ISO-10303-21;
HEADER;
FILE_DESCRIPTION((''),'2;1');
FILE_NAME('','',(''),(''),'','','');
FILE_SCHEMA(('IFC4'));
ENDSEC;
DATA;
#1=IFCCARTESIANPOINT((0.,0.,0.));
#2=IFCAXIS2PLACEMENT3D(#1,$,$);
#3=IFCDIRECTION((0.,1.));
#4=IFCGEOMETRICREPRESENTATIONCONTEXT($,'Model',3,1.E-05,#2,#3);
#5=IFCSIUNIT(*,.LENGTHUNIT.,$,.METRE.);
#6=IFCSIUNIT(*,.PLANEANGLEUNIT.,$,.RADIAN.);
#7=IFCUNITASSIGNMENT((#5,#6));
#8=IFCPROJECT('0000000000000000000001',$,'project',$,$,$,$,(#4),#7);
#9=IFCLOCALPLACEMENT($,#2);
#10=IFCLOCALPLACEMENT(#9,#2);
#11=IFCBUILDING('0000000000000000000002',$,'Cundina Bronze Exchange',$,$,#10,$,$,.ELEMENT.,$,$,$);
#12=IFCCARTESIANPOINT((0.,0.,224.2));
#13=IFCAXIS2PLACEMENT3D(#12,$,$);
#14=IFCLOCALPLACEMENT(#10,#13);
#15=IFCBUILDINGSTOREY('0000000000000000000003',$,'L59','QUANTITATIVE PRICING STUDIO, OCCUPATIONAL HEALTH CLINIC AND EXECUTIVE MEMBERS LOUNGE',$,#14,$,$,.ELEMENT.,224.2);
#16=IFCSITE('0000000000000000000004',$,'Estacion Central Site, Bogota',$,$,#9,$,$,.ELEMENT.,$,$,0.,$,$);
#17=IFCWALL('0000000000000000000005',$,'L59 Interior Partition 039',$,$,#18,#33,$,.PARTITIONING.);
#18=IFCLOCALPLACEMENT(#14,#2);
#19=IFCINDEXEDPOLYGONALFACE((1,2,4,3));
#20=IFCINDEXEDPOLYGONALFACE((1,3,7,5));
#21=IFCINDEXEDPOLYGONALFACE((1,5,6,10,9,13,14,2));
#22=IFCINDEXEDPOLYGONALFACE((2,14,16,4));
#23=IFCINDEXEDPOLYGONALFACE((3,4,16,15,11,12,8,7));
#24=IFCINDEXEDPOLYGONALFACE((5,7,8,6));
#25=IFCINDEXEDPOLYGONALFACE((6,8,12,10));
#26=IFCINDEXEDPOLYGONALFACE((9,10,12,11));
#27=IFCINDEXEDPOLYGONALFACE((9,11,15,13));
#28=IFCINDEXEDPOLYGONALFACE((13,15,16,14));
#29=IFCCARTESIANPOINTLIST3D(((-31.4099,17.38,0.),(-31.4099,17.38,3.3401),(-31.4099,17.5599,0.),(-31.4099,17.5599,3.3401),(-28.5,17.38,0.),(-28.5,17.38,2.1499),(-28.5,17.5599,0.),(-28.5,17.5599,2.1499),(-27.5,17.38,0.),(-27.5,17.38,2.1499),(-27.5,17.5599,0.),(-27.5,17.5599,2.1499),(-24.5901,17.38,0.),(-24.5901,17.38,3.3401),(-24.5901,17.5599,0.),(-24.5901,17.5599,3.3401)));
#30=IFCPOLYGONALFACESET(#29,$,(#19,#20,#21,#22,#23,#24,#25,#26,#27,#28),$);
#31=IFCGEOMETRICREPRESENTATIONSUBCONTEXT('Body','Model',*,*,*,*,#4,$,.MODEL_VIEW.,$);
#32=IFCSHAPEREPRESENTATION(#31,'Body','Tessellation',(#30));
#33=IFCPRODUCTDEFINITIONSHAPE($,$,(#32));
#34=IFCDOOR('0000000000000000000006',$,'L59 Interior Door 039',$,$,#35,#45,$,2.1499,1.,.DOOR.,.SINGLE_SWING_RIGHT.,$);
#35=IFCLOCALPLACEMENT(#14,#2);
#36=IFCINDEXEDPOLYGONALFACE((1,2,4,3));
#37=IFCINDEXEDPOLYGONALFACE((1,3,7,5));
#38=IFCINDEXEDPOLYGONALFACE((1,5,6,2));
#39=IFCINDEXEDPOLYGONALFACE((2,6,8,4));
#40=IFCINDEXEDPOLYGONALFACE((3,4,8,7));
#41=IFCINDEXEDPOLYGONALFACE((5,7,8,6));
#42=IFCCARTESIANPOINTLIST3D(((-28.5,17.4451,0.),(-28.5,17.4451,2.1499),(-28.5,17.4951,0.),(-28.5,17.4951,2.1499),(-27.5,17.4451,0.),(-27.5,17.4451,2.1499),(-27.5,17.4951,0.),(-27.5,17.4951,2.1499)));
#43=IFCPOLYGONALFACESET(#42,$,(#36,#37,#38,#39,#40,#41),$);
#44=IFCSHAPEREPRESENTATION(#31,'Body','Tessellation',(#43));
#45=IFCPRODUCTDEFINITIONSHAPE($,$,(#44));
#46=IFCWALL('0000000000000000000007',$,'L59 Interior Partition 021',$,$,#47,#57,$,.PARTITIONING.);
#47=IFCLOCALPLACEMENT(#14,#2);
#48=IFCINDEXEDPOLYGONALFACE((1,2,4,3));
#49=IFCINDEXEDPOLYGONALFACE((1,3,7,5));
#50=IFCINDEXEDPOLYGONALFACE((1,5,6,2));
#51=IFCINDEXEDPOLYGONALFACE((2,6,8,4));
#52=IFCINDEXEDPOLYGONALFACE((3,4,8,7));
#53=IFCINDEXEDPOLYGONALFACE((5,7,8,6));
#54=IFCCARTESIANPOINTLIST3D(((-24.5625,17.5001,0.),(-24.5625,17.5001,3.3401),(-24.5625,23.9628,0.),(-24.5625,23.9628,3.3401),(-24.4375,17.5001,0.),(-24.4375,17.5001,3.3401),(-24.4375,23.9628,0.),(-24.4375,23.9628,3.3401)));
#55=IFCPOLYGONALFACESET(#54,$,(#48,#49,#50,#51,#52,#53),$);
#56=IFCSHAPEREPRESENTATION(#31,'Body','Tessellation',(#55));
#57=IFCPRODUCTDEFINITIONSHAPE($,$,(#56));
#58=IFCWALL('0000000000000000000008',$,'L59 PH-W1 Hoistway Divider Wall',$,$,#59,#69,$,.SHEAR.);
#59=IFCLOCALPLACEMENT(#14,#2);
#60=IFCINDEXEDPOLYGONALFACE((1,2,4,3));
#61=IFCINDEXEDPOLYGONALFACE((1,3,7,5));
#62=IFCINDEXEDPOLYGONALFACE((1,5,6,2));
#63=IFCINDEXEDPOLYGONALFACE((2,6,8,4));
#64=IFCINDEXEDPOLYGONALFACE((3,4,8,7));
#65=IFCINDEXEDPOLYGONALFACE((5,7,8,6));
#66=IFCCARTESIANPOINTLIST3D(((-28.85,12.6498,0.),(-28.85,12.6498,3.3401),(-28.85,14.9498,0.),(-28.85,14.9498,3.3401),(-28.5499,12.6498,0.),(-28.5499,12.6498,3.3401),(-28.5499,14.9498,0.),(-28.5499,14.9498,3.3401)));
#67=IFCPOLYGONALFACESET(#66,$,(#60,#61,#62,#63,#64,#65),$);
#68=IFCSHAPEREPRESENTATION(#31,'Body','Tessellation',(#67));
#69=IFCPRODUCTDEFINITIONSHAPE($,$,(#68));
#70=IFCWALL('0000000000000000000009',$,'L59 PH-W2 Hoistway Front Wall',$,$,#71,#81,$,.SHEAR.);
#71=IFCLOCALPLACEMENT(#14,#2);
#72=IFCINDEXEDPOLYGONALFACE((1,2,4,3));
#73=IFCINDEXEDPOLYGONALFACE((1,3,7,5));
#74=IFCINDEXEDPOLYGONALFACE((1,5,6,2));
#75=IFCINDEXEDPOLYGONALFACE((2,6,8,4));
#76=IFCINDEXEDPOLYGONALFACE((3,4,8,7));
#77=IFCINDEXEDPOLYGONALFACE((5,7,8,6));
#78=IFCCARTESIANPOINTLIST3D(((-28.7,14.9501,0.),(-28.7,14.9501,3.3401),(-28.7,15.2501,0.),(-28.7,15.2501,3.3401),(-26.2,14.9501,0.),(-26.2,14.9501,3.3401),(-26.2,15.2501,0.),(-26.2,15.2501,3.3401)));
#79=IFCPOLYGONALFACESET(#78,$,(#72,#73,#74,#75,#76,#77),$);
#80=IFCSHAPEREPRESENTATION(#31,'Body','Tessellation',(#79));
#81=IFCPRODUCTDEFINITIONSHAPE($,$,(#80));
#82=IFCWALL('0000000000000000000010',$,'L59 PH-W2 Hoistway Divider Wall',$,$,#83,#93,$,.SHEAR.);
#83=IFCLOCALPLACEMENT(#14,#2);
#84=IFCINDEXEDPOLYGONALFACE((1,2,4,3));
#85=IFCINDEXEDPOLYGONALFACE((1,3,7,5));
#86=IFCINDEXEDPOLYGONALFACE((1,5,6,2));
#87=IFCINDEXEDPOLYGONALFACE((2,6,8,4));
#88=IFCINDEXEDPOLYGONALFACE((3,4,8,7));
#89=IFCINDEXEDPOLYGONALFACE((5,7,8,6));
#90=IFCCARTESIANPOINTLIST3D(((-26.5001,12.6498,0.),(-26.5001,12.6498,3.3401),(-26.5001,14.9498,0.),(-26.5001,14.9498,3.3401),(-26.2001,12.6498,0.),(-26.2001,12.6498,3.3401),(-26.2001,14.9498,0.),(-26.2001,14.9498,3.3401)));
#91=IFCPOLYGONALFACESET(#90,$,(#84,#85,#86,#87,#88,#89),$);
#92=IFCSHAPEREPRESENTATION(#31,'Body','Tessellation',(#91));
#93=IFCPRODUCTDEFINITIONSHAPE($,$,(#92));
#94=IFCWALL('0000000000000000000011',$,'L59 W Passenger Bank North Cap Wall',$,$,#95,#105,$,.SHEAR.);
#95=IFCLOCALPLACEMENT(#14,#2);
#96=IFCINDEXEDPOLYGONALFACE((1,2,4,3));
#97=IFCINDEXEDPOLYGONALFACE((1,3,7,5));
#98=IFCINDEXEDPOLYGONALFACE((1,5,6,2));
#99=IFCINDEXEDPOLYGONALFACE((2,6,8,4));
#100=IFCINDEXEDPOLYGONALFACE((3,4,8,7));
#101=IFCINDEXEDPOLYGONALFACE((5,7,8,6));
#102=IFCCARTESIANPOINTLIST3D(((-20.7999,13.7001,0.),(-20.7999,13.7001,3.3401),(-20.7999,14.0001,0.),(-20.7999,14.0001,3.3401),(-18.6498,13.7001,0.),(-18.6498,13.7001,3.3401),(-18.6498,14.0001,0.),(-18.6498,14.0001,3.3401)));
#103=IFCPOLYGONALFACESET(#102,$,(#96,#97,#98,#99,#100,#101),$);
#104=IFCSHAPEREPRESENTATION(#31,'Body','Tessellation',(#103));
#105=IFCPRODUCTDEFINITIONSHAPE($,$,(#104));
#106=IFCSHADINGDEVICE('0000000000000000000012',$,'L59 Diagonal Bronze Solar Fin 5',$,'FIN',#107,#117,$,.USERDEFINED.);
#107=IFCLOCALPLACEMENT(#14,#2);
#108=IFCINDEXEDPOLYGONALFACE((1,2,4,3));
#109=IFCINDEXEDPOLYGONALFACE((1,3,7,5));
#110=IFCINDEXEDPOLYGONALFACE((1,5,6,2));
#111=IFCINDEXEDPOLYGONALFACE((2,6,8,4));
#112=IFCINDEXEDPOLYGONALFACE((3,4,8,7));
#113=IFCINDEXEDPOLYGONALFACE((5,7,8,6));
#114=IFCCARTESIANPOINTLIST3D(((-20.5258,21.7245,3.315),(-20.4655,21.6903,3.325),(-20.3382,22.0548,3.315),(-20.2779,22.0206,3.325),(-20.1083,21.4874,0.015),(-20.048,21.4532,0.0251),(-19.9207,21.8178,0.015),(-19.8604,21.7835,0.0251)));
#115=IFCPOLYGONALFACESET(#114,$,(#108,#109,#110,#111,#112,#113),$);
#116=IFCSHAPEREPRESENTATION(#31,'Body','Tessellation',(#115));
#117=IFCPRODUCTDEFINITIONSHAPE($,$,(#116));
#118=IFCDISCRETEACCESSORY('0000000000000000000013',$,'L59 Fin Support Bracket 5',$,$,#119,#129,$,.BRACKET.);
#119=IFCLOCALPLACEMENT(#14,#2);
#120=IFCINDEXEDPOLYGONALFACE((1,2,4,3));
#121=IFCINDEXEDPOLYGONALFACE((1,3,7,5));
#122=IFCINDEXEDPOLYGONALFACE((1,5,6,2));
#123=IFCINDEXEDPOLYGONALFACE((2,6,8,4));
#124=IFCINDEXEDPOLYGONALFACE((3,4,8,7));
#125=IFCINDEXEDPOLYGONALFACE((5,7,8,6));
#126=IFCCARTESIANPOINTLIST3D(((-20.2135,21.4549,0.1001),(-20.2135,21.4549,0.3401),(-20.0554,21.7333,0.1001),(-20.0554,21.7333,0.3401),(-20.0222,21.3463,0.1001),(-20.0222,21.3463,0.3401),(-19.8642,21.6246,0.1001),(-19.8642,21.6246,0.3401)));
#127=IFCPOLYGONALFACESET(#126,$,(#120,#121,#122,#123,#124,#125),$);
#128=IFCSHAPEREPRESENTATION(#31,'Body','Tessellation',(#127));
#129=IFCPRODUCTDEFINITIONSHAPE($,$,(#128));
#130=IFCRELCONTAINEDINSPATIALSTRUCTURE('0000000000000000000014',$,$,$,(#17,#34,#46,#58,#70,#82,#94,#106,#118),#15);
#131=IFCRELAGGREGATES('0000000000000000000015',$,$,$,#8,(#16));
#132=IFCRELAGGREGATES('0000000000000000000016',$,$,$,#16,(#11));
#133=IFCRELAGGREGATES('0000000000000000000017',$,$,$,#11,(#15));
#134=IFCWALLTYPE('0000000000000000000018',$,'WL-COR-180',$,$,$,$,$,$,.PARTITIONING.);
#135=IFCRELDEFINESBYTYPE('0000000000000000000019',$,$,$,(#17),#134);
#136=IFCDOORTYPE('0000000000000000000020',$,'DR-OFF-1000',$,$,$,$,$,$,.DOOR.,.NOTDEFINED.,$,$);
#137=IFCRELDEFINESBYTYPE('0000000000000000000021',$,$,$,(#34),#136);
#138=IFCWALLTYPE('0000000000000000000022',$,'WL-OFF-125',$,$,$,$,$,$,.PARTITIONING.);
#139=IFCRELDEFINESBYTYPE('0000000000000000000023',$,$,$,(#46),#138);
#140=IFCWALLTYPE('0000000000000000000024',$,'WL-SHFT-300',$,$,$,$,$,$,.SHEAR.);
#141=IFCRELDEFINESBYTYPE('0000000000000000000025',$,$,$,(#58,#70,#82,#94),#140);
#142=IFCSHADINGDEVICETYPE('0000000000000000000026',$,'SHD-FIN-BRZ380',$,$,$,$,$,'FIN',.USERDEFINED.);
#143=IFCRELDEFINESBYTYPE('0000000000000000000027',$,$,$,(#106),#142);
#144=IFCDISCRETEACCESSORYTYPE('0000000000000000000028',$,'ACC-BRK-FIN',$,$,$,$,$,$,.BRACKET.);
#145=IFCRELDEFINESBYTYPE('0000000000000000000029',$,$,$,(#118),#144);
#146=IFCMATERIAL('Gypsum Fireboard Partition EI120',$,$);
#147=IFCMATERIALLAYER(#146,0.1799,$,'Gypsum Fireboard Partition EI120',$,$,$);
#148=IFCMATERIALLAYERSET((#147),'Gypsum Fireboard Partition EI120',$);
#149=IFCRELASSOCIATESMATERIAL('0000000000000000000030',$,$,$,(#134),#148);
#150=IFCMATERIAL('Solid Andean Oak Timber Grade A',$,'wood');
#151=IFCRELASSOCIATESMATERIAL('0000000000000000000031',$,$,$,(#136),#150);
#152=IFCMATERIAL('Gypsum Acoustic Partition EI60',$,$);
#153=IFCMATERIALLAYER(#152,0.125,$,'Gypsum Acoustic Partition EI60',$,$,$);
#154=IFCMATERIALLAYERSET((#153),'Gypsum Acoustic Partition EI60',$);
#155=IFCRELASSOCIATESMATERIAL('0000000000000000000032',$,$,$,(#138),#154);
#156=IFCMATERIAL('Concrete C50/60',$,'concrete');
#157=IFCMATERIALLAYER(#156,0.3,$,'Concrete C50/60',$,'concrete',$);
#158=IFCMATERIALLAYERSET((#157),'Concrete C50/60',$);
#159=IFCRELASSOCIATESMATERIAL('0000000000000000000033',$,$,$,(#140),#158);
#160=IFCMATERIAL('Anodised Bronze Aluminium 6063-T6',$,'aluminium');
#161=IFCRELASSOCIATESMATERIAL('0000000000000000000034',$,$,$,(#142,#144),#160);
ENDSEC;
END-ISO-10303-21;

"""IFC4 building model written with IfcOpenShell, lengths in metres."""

from ifc_helpers import new_model, si_unit, direction, frame, frame_2d, origin, origin_2d, place, context, subcontext, project, spatial, rectangle, extrude, material, layer, layer_set, material_profile, profile_set, type_object, element, fill, save


model = new_model("IFC4")

# Units and contexts
model_context = context("Model", 3, precision=1e-05, world=origin(), true_north=direction((0.0, 1.0)))
body_context = subcontext(model_context, "Body", "Model", "MODEL_VIEW")
ifc_project = project(units=[si_unit("LENGTHUNIT", "METRE"), si_unit("PLANEANGLEUNIT", "RADIAN")], contexts=[model_context])

# Site, building, storey
site_placement = place(None, origin())
site = spatial("IfcSite", under=ifc_project, at=site_placement, Name="Estacion Central Site, Bogota", CompositionType="ELEMENT", RefElevation=0.0)
building_placement = place(site_placement, origin())
building = spatial("IfcBuilding", under=site, at=building_placement, Name="Cundina Bronze Exchange", CompositionType="ELEMENT")
storey_placement = place(building_placement, frame((0.0, 0.0, 224.2)))
storey = spatial("IfcBuildingStorey", under=building, at=storey_placement, Name="L59", Description="QUANTITATIVE PRICING STUDIO, OCCUPATIONAL HEALTH CLINIC AND EXECUTIVE MEMBERS LOUNGE", CompositionType="ELEMENT", Elevation=224.2)

# Shared definitions
ifc_material_1 = material(Name="Concrete C50/60", Category="concrete")

# Shared definitions
ifc_material_2 = material(Name="Anodised Bronze Aluminium 6063-T6", Category="aluminium")

# Shared definitions
ifc_material_3 = material(Name="Gypsum Fireboard Partition EI120")
ifc_layer_1 = layer(ifc_material_3, 0.1799, Name="Gypsum Fireboard Partition EI120")
ifc_layer_set_1 = layer_set([ifc_layer_1], Name="Gypsum Fireboard Partition EI120")
wall_type_1 = type_object("IfcWallType", Name="WL-COR-180", PredefinedType="PARTITIONING", material=ifc_layer_set_1)
ifc_material_4 = material(Name="Solid Andean Oak Timber Grade A", Category="wood")

# Wall, opening, door
wall_1_placement = place(storey_placement, frame((-24.5901, 17.47, 0.0), z_axis=(0.0, 0.0, 1.0), x_axis=(-1.0, 0.0, 0.0)))
wall_1 = element("IfcWall", 1, at=wall_1_placement, inside=storey, type_object=wall_type_1, Name="L59 Interior Partition 039", PredefinedType="PARTITIONING", context=body_context, shape_type="SweptSolid", body=[
    extrude(rectangle(XDim=6.8198, YDim=0.1799, at=frame_2d((3.4099, 0.0))), origin(), (0.0, 0.0, 1.0), 3.3401),
])
opening_1_placement = place(wall_1_placement, frame((2.9099, 0.0, 0.0)))
opening_1 = element("IfcOpeningElement", 2, at=opening_1_placement, cuts=wall_1, PredefinedType="OPENING", context=body_context, shape_type="SweptSolid", body=[
    extrude(rectangle(XDim=1.0, YDim=2.1499, at=frame_2d((0.5, 1.075))), frame((0.0, 0.0999, 0.0), z_axis=(0.0, -1.0, 0.0), x_axis=(1.0, 0.0, 0.0)), (0.0, 0.0, 1.0), 0.2),
])
door_type_1 = type_object("IfcDoorType", Name="DR-OFF-1000", OperationType="NOTDEFINED", PredefinedType="DOOR", material=ifc_material_4)
door_1_placement = place(opening_1_placement, origin())
door_1 = element("IfcDoor", 3, at=door_1_placement, inside=storey, type_object=door_type_1, Name="L59 Interior Door 039", OperationType="SINGLE_SWING_RIGHT", OverallHeight=2.1499, OverallWidth=1.0, PredefinedType="DOOR", context=body_context, shape_type="SweptSolid", body=[
    extrude(rectangle(XDim=1.0, YDim=2.1499, at=frame_2d((0.5, 1.075))), frame((0.0, 0.0249, 0.0), z_axis=(0.0, -1.0, 0.0), x_axis=(1.0, 0.0, 0.0)), (0.0, 0.0, 1.0), 0.05),
])
fill(opening_1, door_1)

# Walls
ifc_material_5 = material(Name="Gypsum Acoustic Partition EI60")
ifc_layer_2 = layer(ifc_material_5, 0.125, Name="Gypsum Acoustic Partition EI60")
ifc_layer_set_2 = layer_set([ifc_layer_2], Name="Gypsum Acoustic Partition EI60")
wall_type_2 = type_object("IfcWallType", Name="WL-OFF-125", PredefinedType="PARTITIONING", material=ifc_layer_set_2)
wall_2_placement = place(storey_placement, frame((-24.5, 17.5, 0.0), z_axis=(0.0, 0.0, 1.0), x_axis=(0.0, 1.0, 0.0)))
element("IfcWall", 4, at=wall_2_placement, inside=storey, type_object=wall_type_2, Name="L59 Interior Partition 021", PredefinedType="PARTITIONING", context=body_context, shape_type="SweptSolid", body=[
    extrude(rectangle(XDim=6.4626, YDim=0.125, at=frame_2d((3.2314, 0.0))), origin(), (0.0, 0.0, 1.0), 3.3401),
])
ifc_layer_3 = layer(ifc_material_1, 0.3, Name="Concrete C50/60", Category="concrete")
ifc_layer_set_3 = layer_set([ifc_layer_3], Name="Concrete C50/60")
wall_type_3 = type_object("IfcWallType", Name="WL-SHFT-300", PredefinedType="SHEAR", material=ifc_layer_set_3)
wall_3_placement = place(storey_placement, frame((-28.7, 12.6499, 0.0), z_axis=(0.0, 0.0, 1.0), x_axis=(0.0, 1.0, 0.0)))
element("IfcWall", 5, at=wall_3_placement, inside=storey, type_object=wall_type_3, Name="L59 PH-W1 Hoistway Divider Wall", PredefinedType="SHEAR", context=body_context, shape_type="SweptSolid", body=[
    extrude(rectangle(XDim=2.3, YDim=0.3, at=frame_2d((1.1499, 0.0))), origin(), (0.0, 0.0, 1.0), 3.3401),
])
wall_4_placement = place(storey_placement, frame((-28.7, 15.1001, 0.0), z_axis=(0.0, 0.0, 1.0), x_axis=(1.0, 0.0, 0.0)))
element("IfcWall", 6, at=wall_4_placement, inside=storey, type_object=wall_type_3, Name="L59 PH-W2 Hoistway Front Wall", PredefinedType="SHEAR", context=body_context, shape_type="SweptSolid", body=[
    extrude(rectangle(XDim=2.5, YDim=0.3, at=frame_2d((1.25, 0.0))), origin(), (0.0, 0.0, 1.0), 3.3401),
])
wall_5_placement = place(storey_placement, frame((-26.3501, 12.6499, 0.0), z_axis=(0.0, 0.0, 1.0), x_axis=(0.0, 1.0, 0.0)))
element("IfcWall", 7, at=wall_5_placement, inside=storey, type_object=wall_type_3, Name="L59 PH-W2 Hoistway Divider Wall", PredefinedType="SHEAR", context=body_context, shape_type="SweptSolid", body=[
    extrude(rectangle(XDim=2.3, YDim=0.3, at=frame_2d((1.1499, 0.0))), origin(), (0.0, 0.0, 1.0), 3.3401),
])
wall_6_placement = place(storey_placement, frame((-20.8, 13.8501, 0.0), z_axis=(0.0, 0.0, 1.0), x_axis=(1.0, 0.0, 0.0)))
element("IfcWall", 8, at=wall_6_placement, inside=storey, type_object=wall_type_3, Name="L59 W Passenger Bank North Cap Wall", PredefinedType="SHEAR", context=body_context, shape_type="SweptSolid", body=[
    extrude(rectangle(XDim=2.1501, YDim=0.3, at=frame_2d((1.0752, 0.0))), origin(), (0.0, 0.0, 1.0), 3.3401),
])

# Shading device
ifc_material_profile_1 = material_profile(ifc_material_2, rectangle(XDim=0.0701, YDim=0.3799, at=origin_2d()), Name="FIN70X380", Category="aluminium")
ifc_profile_set_1 = profile_set([ifc_material_profile_1], Name="Anodised Bronze Aluminium 6063-T6")
shading_device_type = type_object("IfcShadingDeviceType", Name="SHD-FIN-BRZ380", ElementType="FIN", PredefinedType="USERDEFINED", material=ifc_profile_set_1)
shading_device_placement = place(storey_placement, frame((-19.9844, 21.6355, 0.02), z_axis=(-0.12519, 0.071087, 0.989583), x_axis=(0.860527, -0.488638, 0.143965)))
element("IfcShadingDevice", 9, at=shading_device_placement, inside=storey, type_object=shading_device_type, Name="L59 Diagonal Bronze Solar Fin 5", ObjectType="FIN", PredefinedType="USERDEFINED", context=body_context, shape_type="SweptSolid", body=[
    extrude(rectangle(XDim=0.0701, YDim=0.3799, at=origin_2d()), origin(), (0.0, 0.0, 1.0), 3.3347),
])

# Discrete accessory
discrete_accessory_type = type_object("IfcDiscreteAccessoryType", Name="ACC-BRK-FIN", PredefinedType="BRACKET", material=ifc_material_2)
discrete_accessory_placement = place(storey_placement, frame((-20.0388, 21.5398, 0.1001), z_axis=(0.0, 0.0, 1.0), x_axis=(-0.869573, 0.493805, 0.0)))
element("IfcDiscreteAccessory", 10, at=discrete_accessory_placement, inside=storey, type_object=discrete_accessory_type, Name="L59 Fin Support Bracket 5", PredefinedType="BRACKET", context=body_context, shape_type="SweptSolid", body=[
    extrude(rectangle(XDim=0.22, YDim=0.3201, at=origin_2d()), origin(), (0.0, 0.0, 1.0), 0.24),
])

save(model, "model.ifc")
